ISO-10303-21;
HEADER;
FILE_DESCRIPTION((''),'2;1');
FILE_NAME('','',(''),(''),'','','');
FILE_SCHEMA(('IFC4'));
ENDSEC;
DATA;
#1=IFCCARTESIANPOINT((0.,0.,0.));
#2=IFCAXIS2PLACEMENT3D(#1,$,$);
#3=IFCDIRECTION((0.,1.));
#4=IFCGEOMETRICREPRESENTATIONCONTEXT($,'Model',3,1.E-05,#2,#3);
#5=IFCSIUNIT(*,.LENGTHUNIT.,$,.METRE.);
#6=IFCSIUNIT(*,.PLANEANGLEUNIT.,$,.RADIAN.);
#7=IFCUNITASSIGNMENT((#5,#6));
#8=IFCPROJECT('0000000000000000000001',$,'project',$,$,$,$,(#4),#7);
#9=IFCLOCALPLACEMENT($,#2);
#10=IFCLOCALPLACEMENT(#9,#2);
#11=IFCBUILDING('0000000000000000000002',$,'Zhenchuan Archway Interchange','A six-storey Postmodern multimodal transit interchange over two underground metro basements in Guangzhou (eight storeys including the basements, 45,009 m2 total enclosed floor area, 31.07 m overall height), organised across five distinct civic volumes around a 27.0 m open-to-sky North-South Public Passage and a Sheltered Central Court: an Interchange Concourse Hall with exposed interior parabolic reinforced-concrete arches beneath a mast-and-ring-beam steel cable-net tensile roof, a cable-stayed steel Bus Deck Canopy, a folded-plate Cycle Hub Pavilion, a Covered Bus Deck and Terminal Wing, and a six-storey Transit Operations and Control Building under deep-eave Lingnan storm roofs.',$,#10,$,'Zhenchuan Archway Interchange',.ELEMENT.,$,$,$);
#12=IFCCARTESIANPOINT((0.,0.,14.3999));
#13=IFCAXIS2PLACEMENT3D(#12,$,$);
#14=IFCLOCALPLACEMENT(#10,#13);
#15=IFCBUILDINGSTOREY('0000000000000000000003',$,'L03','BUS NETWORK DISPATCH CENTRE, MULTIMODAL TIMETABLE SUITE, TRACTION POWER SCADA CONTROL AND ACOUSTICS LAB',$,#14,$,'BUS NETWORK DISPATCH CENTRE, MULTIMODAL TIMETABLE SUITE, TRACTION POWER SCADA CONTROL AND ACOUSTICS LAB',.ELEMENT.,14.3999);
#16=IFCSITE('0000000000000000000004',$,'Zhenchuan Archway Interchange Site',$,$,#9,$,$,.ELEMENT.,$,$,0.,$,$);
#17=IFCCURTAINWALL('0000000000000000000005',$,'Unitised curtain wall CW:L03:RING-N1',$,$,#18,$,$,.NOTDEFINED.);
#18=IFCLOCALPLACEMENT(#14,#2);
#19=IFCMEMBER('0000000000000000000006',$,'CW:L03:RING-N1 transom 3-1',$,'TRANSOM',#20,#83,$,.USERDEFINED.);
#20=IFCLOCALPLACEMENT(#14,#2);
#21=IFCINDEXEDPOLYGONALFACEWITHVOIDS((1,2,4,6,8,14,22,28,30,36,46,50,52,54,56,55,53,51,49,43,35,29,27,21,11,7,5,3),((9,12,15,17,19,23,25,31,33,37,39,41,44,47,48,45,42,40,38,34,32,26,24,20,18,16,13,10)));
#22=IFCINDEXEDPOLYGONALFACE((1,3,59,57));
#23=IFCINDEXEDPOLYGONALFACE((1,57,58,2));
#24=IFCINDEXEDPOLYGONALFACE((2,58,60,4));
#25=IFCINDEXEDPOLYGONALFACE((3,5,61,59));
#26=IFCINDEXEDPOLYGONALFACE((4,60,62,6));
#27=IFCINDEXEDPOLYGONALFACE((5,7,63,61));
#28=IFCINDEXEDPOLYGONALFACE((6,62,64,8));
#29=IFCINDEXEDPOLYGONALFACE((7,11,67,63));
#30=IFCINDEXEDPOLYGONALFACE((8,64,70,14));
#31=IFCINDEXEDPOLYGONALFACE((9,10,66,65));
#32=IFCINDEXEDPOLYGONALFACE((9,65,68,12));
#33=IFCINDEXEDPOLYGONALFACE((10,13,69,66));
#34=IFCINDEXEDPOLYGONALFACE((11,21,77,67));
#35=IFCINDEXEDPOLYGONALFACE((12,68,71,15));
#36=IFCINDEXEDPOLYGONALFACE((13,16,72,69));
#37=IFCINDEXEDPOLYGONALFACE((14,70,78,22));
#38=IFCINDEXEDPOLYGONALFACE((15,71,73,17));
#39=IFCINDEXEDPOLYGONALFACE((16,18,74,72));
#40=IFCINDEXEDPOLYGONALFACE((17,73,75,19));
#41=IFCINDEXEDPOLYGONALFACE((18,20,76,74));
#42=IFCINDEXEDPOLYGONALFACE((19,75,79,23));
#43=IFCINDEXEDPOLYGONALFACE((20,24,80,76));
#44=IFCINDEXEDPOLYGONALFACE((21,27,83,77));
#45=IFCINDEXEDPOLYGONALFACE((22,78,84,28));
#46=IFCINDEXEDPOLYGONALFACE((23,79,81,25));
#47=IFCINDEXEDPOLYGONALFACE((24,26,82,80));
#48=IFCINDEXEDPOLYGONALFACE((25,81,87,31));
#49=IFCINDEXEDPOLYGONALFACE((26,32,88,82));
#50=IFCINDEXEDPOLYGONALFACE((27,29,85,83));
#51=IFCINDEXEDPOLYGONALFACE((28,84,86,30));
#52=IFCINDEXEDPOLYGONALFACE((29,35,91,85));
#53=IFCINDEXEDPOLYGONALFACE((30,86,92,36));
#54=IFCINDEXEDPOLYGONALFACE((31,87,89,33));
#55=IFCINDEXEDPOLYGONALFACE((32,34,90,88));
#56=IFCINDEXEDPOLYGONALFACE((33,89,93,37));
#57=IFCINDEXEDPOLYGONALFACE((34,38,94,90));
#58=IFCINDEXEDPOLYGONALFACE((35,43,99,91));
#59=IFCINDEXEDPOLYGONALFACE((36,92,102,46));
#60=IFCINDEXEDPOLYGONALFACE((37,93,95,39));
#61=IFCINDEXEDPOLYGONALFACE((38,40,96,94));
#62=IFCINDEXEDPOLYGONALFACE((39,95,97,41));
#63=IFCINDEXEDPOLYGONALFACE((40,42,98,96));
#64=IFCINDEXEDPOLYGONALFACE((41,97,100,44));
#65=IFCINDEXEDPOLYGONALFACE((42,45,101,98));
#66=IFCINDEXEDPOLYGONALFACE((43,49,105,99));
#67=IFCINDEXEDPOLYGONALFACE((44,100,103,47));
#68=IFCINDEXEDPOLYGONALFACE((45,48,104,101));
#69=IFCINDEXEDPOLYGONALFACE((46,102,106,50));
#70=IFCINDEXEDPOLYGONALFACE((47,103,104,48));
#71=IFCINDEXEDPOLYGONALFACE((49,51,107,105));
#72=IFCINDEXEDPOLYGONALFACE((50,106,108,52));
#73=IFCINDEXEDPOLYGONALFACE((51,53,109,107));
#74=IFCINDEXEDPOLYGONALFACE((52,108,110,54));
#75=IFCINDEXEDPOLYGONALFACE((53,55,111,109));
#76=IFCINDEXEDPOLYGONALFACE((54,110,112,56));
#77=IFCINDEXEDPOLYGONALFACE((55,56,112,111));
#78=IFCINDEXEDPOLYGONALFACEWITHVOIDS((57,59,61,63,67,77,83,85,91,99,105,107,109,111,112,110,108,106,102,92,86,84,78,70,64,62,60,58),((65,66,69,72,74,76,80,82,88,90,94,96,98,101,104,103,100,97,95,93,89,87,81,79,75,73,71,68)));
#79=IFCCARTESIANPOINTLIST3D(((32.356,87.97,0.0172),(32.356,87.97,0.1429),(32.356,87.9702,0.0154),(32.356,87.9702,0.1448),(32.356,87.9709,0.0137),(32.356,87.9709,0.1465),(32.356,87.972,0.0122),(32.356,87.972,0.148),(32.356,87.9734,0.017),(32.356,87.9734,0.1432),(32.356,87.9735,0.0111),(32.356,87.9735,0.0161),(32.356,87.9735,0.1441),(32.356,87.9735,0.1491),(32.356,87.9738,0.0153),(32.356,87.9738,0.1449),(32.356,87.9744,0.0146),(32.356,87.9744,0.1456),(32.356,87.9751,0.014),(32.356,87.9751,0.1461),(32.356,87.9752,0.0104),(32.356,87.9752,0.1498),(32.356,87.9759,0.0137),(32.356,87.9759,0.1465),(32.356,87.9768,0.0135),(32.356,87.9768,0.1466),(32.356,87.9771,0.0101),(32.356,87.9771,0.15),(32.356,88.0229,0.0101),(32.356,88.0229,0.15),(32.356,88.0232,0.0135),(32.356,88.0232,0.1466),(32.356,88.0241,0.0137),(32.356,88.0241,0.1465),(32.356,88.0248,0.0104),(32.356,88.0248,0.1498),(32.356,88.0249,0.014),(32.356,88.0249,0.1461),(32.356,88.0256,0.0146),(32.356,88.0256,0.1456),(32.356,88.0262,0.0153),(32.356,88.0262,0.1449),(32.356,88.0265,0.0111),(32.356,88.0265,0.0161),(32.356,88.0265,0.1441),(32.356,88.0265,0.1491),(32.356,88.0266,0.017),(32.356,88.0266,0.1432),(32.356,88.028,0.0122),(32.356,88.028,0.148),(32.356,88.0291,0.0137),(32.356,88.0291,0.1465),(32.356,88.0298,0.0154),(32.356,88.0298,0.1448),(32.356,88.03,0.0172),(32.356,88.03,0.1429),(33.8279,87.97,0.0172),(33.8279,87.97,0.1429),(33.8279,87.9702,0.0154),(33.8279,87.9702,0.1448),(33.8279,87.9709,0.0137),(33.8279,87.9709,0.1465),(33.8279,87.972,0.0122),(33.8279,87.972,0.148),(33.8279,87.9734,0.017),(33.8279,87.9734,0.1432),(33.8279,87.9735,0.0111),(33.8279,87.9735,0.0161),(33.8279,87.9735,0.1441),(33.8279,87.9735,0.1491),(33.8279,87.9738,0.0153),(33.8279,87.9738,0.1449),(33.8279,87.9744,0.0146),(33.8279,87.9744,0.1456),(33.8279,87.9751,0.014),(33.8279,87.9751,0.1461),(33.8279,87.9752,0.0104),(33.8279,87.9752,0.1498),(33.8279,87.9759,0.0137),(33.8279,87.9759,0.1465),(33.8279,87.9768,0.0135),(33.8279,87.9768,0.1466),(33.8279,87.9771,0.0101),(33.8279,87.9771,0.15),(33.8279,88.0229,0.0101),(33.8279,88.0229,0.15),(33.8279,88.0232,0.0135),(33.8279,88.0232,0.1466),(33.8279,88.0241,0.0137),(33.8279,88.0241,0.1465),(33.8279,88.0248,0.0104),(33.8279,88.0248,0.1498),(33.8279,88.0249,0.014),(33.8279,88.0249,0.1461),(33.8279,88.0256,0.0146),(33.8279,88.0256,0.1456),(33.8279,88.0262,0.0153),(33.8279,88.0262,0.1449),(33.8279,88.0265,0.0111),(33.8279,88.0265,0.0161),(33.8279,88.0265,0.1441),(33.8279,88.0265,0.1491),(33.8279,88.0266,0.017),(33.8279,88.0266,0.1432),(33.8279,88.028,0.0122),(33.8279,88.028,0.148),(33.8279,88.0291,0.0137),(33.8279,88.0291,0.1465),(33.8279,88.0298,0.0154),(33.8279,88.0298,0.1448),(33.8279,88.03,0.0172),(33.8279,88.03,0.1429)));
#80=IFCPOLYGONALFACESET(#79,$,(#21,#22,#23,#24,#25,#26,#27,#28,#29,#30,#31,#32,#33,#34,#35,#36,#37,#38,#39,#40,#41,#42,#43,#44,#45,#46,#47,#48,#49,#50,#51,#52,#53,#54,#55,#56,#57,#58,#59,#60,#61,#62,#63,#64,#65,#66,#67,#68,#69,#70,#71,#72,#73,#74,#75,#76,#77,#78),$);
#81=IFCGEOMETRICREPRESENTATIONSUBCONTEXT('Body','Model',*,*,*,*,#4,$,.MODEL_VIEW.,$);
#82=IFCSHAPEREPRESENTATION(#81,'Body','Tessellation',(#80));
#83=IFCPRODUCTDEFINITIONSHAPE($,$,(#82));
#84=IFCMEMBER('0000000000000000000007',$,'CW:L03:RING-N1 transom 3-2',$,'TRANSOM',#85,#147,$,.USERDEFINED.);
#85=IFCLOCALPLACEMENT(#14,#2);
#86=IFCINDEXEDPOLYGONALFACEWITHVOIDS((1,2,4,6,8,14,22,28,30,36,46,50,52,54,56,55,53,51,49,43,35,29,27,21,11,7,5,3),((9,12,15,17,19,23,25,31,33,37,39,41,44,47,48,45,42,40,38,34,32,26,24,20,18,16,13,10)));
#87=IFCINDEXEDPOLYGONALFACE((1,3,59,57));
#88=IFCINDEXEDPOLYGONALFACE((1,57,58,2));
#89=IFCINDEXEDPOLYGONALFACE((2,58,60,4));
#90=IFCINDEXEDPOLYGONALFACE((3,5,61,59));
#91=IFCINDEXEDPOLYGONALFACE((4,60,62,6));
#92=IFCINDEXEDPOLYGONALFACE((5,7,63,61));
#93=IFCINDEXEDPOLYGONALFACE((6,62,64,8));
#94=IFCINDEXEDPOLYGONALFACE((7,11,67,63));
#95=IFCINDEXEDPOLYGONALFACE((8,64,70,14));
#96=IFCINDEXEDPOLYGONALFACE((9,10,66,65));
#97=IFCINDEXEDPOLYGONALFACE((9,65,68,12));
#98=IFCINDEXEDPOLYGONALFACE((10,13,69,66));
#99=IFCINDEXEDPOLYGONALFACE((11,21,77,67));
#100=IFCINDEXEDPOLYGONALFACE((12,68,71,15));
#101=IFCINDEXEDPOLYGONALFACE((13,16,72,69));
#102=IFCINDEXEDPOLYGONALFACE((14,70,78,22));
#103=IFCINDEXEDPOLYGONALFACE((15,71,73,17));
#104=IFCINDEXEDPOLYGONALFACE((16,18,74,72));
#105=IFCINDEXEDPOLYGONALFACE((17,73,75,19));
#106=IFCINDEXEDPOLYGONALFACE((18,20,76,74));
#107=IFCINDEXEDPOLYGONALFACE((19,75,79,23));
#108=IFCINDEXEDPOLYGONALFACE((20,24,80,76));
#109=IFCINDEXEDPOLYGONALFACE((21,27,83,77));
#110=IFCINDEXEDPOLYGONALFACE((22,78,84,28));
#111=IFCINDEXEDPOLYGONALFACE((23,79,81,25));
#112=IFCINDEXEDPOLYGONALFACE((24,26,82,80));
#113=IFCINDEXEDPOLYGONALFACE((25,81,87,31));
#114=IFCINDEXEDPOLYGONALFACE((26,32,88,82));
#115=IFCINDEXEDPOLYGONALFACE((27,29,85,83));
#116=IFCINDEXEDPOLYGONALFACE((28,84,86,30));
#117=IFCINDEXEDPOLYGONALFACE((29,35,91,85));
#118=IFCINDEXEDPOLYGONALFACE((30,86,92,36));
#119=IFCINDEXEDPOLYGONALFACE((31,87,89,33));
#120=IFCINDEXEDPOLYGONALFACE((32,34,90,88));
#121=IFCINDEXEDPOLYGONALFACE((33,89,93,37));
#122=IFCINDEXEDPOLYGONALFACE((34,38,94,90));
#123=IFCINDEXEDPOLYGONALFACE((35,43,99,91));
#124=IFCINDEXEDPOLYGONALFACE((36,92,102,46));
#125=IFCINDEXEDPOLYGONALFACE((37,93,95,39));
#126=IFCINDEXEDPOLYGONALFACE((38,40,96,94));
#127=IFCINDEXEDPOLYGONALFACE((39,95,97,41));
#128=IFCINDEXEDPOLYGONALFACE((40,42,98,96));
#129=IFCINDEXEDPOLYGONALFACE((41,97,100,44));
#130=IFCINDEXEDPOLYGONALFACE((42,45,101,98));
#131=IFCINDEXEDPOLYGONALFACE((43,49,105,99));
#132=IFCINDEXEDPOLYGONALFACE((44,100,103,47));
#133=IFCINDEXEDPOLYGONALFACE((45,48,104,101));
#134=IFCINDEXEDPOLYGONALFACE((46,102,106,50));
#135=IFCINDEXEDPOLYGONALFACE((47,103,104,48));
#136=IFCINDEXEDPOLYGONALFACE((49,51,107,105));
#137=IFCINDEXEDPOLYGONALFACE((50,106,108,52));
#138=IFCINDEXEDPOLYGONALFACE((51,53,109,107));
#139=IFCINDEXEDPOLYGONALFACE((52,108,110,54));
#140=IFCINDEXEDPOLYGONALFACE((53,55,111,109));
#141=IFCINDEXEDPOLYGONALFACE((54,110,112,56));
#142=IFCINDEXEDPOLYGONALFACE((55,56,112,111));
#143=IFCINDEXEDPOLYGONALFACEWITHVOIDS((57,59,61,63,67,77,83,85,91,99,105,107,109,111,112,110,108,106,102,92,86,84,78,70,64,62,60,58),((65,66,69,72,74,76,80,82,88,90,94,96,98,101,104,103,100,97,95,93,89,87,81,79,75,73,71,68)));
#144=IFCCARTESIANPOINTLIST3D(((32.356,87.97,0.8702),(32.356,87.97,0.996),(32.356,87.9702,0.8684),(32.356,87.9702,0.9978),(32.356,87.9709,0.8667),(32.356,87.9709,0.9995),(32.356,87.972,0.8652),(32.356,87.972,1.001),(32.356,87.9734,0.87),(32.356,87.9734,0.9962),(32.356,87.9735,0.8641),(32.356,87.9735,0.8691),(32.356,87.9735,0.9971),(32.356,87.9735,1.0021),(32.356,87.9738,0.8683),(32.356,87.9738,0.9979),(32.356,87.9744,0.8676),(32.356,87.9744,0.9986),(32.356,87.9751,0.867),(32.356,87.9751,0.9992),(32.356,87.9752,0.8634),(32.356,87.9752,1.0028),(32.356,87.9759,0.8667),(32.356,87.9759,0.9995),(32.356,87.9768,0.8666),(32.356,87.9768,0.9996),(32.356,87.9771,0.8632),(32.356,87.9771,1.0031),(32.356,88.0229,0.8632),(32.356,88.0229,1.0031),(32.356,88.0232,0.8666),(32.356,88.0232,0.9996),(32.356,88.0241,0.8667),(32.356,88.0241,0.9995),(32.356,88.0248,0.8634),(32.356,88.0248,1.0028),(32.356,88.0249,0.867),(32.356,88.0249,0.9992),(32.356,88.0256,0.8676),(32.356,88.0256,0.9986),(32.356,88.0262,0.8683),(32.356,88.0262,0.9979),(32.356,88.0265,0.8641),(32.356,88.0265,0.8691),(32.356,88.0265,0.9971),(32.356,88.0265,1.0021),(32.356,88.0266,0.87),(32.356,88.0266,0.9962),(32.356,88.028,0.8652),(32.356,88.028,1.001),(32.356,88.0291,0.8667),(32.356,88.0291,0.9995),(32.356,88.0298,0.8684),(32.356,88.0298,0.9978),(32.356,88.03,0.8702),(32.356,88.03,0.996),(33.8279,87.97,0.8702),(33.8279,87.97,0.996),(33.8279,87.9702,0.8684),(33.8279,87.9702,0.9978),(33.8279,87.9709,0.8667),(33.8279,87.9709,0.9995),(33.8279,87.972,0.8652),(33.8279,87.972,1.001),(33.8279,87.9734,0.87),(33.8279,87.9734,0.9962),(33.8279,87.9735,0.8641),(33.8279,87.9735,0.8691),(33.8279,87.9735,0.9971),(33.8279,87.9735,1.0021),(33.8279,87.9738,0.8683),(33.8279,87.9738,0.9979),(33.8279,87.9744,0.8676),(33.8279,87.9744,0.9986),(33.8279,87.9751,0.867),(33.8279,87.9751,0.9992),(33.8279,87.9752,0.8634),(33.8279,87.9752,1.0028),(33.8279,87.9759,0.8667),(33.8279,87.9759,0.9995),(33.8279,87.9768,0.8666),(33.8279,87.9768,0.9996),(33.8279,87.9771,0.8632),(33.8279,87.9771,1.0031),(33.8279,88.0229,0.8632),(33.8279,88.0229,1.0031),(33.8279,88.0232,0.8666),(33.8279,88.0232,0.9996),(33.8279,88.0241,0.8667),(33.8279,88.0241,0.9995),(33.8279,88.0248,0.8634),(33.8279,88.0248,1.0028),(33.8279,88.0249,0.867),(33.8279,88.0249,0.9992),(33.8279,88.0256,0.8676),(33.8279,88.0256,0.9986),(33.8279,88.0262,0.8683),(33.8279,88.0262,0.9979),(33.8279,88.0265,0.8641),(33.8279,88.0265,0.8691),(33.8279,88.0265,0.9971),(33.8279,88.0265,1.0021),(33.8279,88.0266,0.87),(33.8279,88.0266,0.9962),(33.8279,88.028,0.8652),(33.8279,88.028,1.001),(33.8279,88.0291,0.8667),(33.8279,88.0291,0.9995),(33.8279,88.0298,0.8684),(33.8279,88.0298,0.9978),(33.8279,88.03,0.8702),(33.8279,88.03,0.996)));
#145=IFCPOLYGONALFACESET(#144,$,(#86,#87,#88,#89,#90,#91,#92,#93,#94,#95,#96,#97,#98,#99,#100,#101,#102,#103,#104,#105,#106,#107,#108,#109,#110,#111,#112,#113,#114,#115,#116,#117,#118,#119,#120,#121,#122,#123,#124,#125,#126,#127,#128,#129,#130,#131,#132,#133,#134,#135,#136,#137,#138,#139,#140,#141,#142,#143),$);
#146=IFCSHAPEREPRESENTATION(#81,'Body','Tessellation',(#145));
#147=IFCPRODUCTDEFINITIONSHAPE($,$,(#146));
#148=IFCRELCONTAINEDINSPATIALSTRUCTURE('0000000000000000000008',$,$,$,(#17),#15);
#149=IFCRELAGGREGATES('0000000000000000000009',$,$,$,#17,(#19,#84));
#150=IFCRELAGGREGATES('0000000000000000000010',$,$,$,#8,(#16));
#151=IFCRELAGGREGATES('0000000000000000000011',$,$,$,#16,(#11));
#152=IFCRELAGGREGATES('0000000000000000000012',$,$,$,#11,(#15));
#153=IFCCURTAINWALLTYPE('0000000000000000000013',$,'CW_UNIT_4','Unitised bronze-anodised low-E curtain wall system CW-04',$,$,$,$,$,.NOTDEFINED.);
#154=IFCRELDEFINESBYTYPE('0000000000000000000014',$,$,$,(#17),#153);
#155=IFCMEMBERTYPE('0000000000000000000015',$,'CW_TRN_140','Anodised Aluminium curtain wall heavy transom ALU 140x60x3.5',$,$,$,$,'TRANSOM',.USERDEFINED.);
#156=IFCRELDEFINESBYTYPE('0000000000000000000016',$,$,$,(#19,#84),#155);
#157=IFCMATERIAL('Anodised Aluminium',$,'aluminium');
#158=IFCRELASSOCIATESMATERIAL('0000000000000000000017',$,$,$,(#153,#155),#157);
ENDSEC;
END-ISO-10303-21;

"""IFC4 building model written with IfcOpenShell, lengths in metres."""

from ifc_helpers import new_model, si_unit, direction, frame, origin, origin_2d, place, context, subcontext, project, spatial, hollow_rectangle, extrude, material, material_profile, profile_set, type_object, element, aggregate, save


model = new_model("IFC4")

# Units and contexts
model_context = context("Model", 3, precision=1e-05, world=origin(), true_north=direction((0.0, 1.0)))
body_context = subcontext(model_context, "Body", "Model", "MODEL_VIEW")
ifc_project = project(units=[si_unit("LENGTHUNIT", "METRE"), si_unit("PLANEANGLEUNIT", "RADIAN")], contexts=[model_context])

# Site, building, storey
site_placement = place(None, origin())
site = spatial("IfcSite", under=ifc_project, at=site_placement, Name="Zhenchuan Archway Interchange Site", CompositionType="ELEMENT", RefElevation=0.0)
building_placement = place(site_placement, origin())
building = spatial("IfcBuilding", under=site, at=building_placement, Name="Zhenchuan Archway Interchange", Description="A six-storey Postmodern multimodal transit interchange over two underground metro basements in Guangzhou (eight storeys including the basements, 45,009 m2 total enclosed floor area, 31.07 m overall height), organised across five distinct civic volumes around a 27.0 m open-to-sky North-South Public Passage and a Sheltered Central Court: an Interchange Concourse Hall with exposed interior parabolic reinforced-concrete arches beneath a mast-and-ring-beam steel cable-net tensile roof, a cable-stayed steel Bus Deck Canopy, a folded-plate Cycle Hub Pavilion, a Covered Bus Deck and Terminal Wing, and a six-storey Transit Operations and Control Building under deep-eave Lingnan storm roofs.", LongName="Zhenchuan Archway Interchange", CompositionType="ELEMENT")
storey_placement = place(building_placement, frame((0.0, 0.0, 14.3999)))
storey = spatial("IfcBuildingStorey", under=building, at=storey_placement, Name="L03", Description="BUS NETWORK DISPATCH CENTRE, MULTIMODAL TIMETABLE SUITE, TRACTION POWER SCADA CONTROL AND ACOUSTICS LAB", LongName="BUS NETWORK DISPATCH CENTRE, MULTIMODAL TIMETABLE SUITE, TRACTION POWER SCADA CONTROL AND ACOUSTICS LAB", CompositionType="ELEMENT", Elevation=14.3999)

# Curtain wall, members
ifc_material_1 = material(Name="Anodised Aluminium", Category="aluminium")
curtain_wall_type = type_object("IfcCurtainWallType", Name="CW_UNIT_4", Description="Unitised bronze-anodised low-E curtain wall system CW-04", PredefinedType="NOTDEFINED", material=ifc_material_1)
curtain_wall_placement = place(storey_placement, origin())
curtain_wall = element("IfcCurtainWall", 1, at=curtain_wall_placement, inside=storey, type_object=curtain_wall_type, Name="Unitised curtain wall CW:L03:RING-N1", PredefinedType="NOTDEFINED")
ifc_material_profile_1 = material_profile(ifc_material_1, hollow_rectangle(XDim=0.0601, YDim=0.1399, WallThickness=0.0034, InnerFilletRadius=0.0034, OuterFilletRadius=0.0071, at=origin_2d()), Name="ALU 140x60x3.5")
ifc_profile_set_1 = profile_set([ifc_material_profile_1], Name="Anodised Aluminium")
member_type_1 = type_object("IfcMemberType", Name="CW_TRN_140", Description="Anodised Aluminium curtain wall heavy transom ALU 140x60x3.5", ElementType="TRANSOM", PredefinedType="USERDEFINED", material=ifc_profile_set_1)
member_1_placement = place(storey_placement, frame((32.356, 88.0, 0.0801), z_axis=(1.0, 0.0, 0.0), x_axis=(0.0, 1.0, 0.0)))
member_1 = element("IfcMember", 2, at=member_1_placement, type_object=member_type_1, Name="CW:L03:RING-N1 transom 3-1", ObjectType="TRANSOM", PredefinedType="USERDEFINED", context=body_context, shape_type="SweptSolid", body=[
    extrude(hollow_rectangle(XDim=0.0601, YDim=0.1399, WallThickness=0.0034, InnerFilletRadius=0.0034, OuterFilletRadius=0.0071, at=origin_2d()), origin(), (0.0, 0.0, 1.0), 1.4719),
])
member_2_placement = place(storey_placement, frame((32.356, 88.0, 0.9331), z_axis=(1.0, 0.0, 0.0), x_axis=(0.0, 1.0, 0.0)))
member_2 = element("IfcMember", 3, at=member_2_placement, type_object=member_type_1, Name="CW:L03:RING-N1 transom 3-2", ObjectType="TRANSOM", PredefinedType="USERDEFINED", context=body_context, shape_type="SweptSolid", body=[
    extrude(hollow_rectangle(XDim=0.0601, YDim=0.1399, WallThickness=0.0034, InnerFilletRadius=0.0034, OuterFilletRadius=0.0071, at=origin_2d()), origin(), (0.0, 0.0, 1.0), 1.4719),
])

aggregate(curtain_wall, [member_1, member_2])

save(model, "model.ifc")
